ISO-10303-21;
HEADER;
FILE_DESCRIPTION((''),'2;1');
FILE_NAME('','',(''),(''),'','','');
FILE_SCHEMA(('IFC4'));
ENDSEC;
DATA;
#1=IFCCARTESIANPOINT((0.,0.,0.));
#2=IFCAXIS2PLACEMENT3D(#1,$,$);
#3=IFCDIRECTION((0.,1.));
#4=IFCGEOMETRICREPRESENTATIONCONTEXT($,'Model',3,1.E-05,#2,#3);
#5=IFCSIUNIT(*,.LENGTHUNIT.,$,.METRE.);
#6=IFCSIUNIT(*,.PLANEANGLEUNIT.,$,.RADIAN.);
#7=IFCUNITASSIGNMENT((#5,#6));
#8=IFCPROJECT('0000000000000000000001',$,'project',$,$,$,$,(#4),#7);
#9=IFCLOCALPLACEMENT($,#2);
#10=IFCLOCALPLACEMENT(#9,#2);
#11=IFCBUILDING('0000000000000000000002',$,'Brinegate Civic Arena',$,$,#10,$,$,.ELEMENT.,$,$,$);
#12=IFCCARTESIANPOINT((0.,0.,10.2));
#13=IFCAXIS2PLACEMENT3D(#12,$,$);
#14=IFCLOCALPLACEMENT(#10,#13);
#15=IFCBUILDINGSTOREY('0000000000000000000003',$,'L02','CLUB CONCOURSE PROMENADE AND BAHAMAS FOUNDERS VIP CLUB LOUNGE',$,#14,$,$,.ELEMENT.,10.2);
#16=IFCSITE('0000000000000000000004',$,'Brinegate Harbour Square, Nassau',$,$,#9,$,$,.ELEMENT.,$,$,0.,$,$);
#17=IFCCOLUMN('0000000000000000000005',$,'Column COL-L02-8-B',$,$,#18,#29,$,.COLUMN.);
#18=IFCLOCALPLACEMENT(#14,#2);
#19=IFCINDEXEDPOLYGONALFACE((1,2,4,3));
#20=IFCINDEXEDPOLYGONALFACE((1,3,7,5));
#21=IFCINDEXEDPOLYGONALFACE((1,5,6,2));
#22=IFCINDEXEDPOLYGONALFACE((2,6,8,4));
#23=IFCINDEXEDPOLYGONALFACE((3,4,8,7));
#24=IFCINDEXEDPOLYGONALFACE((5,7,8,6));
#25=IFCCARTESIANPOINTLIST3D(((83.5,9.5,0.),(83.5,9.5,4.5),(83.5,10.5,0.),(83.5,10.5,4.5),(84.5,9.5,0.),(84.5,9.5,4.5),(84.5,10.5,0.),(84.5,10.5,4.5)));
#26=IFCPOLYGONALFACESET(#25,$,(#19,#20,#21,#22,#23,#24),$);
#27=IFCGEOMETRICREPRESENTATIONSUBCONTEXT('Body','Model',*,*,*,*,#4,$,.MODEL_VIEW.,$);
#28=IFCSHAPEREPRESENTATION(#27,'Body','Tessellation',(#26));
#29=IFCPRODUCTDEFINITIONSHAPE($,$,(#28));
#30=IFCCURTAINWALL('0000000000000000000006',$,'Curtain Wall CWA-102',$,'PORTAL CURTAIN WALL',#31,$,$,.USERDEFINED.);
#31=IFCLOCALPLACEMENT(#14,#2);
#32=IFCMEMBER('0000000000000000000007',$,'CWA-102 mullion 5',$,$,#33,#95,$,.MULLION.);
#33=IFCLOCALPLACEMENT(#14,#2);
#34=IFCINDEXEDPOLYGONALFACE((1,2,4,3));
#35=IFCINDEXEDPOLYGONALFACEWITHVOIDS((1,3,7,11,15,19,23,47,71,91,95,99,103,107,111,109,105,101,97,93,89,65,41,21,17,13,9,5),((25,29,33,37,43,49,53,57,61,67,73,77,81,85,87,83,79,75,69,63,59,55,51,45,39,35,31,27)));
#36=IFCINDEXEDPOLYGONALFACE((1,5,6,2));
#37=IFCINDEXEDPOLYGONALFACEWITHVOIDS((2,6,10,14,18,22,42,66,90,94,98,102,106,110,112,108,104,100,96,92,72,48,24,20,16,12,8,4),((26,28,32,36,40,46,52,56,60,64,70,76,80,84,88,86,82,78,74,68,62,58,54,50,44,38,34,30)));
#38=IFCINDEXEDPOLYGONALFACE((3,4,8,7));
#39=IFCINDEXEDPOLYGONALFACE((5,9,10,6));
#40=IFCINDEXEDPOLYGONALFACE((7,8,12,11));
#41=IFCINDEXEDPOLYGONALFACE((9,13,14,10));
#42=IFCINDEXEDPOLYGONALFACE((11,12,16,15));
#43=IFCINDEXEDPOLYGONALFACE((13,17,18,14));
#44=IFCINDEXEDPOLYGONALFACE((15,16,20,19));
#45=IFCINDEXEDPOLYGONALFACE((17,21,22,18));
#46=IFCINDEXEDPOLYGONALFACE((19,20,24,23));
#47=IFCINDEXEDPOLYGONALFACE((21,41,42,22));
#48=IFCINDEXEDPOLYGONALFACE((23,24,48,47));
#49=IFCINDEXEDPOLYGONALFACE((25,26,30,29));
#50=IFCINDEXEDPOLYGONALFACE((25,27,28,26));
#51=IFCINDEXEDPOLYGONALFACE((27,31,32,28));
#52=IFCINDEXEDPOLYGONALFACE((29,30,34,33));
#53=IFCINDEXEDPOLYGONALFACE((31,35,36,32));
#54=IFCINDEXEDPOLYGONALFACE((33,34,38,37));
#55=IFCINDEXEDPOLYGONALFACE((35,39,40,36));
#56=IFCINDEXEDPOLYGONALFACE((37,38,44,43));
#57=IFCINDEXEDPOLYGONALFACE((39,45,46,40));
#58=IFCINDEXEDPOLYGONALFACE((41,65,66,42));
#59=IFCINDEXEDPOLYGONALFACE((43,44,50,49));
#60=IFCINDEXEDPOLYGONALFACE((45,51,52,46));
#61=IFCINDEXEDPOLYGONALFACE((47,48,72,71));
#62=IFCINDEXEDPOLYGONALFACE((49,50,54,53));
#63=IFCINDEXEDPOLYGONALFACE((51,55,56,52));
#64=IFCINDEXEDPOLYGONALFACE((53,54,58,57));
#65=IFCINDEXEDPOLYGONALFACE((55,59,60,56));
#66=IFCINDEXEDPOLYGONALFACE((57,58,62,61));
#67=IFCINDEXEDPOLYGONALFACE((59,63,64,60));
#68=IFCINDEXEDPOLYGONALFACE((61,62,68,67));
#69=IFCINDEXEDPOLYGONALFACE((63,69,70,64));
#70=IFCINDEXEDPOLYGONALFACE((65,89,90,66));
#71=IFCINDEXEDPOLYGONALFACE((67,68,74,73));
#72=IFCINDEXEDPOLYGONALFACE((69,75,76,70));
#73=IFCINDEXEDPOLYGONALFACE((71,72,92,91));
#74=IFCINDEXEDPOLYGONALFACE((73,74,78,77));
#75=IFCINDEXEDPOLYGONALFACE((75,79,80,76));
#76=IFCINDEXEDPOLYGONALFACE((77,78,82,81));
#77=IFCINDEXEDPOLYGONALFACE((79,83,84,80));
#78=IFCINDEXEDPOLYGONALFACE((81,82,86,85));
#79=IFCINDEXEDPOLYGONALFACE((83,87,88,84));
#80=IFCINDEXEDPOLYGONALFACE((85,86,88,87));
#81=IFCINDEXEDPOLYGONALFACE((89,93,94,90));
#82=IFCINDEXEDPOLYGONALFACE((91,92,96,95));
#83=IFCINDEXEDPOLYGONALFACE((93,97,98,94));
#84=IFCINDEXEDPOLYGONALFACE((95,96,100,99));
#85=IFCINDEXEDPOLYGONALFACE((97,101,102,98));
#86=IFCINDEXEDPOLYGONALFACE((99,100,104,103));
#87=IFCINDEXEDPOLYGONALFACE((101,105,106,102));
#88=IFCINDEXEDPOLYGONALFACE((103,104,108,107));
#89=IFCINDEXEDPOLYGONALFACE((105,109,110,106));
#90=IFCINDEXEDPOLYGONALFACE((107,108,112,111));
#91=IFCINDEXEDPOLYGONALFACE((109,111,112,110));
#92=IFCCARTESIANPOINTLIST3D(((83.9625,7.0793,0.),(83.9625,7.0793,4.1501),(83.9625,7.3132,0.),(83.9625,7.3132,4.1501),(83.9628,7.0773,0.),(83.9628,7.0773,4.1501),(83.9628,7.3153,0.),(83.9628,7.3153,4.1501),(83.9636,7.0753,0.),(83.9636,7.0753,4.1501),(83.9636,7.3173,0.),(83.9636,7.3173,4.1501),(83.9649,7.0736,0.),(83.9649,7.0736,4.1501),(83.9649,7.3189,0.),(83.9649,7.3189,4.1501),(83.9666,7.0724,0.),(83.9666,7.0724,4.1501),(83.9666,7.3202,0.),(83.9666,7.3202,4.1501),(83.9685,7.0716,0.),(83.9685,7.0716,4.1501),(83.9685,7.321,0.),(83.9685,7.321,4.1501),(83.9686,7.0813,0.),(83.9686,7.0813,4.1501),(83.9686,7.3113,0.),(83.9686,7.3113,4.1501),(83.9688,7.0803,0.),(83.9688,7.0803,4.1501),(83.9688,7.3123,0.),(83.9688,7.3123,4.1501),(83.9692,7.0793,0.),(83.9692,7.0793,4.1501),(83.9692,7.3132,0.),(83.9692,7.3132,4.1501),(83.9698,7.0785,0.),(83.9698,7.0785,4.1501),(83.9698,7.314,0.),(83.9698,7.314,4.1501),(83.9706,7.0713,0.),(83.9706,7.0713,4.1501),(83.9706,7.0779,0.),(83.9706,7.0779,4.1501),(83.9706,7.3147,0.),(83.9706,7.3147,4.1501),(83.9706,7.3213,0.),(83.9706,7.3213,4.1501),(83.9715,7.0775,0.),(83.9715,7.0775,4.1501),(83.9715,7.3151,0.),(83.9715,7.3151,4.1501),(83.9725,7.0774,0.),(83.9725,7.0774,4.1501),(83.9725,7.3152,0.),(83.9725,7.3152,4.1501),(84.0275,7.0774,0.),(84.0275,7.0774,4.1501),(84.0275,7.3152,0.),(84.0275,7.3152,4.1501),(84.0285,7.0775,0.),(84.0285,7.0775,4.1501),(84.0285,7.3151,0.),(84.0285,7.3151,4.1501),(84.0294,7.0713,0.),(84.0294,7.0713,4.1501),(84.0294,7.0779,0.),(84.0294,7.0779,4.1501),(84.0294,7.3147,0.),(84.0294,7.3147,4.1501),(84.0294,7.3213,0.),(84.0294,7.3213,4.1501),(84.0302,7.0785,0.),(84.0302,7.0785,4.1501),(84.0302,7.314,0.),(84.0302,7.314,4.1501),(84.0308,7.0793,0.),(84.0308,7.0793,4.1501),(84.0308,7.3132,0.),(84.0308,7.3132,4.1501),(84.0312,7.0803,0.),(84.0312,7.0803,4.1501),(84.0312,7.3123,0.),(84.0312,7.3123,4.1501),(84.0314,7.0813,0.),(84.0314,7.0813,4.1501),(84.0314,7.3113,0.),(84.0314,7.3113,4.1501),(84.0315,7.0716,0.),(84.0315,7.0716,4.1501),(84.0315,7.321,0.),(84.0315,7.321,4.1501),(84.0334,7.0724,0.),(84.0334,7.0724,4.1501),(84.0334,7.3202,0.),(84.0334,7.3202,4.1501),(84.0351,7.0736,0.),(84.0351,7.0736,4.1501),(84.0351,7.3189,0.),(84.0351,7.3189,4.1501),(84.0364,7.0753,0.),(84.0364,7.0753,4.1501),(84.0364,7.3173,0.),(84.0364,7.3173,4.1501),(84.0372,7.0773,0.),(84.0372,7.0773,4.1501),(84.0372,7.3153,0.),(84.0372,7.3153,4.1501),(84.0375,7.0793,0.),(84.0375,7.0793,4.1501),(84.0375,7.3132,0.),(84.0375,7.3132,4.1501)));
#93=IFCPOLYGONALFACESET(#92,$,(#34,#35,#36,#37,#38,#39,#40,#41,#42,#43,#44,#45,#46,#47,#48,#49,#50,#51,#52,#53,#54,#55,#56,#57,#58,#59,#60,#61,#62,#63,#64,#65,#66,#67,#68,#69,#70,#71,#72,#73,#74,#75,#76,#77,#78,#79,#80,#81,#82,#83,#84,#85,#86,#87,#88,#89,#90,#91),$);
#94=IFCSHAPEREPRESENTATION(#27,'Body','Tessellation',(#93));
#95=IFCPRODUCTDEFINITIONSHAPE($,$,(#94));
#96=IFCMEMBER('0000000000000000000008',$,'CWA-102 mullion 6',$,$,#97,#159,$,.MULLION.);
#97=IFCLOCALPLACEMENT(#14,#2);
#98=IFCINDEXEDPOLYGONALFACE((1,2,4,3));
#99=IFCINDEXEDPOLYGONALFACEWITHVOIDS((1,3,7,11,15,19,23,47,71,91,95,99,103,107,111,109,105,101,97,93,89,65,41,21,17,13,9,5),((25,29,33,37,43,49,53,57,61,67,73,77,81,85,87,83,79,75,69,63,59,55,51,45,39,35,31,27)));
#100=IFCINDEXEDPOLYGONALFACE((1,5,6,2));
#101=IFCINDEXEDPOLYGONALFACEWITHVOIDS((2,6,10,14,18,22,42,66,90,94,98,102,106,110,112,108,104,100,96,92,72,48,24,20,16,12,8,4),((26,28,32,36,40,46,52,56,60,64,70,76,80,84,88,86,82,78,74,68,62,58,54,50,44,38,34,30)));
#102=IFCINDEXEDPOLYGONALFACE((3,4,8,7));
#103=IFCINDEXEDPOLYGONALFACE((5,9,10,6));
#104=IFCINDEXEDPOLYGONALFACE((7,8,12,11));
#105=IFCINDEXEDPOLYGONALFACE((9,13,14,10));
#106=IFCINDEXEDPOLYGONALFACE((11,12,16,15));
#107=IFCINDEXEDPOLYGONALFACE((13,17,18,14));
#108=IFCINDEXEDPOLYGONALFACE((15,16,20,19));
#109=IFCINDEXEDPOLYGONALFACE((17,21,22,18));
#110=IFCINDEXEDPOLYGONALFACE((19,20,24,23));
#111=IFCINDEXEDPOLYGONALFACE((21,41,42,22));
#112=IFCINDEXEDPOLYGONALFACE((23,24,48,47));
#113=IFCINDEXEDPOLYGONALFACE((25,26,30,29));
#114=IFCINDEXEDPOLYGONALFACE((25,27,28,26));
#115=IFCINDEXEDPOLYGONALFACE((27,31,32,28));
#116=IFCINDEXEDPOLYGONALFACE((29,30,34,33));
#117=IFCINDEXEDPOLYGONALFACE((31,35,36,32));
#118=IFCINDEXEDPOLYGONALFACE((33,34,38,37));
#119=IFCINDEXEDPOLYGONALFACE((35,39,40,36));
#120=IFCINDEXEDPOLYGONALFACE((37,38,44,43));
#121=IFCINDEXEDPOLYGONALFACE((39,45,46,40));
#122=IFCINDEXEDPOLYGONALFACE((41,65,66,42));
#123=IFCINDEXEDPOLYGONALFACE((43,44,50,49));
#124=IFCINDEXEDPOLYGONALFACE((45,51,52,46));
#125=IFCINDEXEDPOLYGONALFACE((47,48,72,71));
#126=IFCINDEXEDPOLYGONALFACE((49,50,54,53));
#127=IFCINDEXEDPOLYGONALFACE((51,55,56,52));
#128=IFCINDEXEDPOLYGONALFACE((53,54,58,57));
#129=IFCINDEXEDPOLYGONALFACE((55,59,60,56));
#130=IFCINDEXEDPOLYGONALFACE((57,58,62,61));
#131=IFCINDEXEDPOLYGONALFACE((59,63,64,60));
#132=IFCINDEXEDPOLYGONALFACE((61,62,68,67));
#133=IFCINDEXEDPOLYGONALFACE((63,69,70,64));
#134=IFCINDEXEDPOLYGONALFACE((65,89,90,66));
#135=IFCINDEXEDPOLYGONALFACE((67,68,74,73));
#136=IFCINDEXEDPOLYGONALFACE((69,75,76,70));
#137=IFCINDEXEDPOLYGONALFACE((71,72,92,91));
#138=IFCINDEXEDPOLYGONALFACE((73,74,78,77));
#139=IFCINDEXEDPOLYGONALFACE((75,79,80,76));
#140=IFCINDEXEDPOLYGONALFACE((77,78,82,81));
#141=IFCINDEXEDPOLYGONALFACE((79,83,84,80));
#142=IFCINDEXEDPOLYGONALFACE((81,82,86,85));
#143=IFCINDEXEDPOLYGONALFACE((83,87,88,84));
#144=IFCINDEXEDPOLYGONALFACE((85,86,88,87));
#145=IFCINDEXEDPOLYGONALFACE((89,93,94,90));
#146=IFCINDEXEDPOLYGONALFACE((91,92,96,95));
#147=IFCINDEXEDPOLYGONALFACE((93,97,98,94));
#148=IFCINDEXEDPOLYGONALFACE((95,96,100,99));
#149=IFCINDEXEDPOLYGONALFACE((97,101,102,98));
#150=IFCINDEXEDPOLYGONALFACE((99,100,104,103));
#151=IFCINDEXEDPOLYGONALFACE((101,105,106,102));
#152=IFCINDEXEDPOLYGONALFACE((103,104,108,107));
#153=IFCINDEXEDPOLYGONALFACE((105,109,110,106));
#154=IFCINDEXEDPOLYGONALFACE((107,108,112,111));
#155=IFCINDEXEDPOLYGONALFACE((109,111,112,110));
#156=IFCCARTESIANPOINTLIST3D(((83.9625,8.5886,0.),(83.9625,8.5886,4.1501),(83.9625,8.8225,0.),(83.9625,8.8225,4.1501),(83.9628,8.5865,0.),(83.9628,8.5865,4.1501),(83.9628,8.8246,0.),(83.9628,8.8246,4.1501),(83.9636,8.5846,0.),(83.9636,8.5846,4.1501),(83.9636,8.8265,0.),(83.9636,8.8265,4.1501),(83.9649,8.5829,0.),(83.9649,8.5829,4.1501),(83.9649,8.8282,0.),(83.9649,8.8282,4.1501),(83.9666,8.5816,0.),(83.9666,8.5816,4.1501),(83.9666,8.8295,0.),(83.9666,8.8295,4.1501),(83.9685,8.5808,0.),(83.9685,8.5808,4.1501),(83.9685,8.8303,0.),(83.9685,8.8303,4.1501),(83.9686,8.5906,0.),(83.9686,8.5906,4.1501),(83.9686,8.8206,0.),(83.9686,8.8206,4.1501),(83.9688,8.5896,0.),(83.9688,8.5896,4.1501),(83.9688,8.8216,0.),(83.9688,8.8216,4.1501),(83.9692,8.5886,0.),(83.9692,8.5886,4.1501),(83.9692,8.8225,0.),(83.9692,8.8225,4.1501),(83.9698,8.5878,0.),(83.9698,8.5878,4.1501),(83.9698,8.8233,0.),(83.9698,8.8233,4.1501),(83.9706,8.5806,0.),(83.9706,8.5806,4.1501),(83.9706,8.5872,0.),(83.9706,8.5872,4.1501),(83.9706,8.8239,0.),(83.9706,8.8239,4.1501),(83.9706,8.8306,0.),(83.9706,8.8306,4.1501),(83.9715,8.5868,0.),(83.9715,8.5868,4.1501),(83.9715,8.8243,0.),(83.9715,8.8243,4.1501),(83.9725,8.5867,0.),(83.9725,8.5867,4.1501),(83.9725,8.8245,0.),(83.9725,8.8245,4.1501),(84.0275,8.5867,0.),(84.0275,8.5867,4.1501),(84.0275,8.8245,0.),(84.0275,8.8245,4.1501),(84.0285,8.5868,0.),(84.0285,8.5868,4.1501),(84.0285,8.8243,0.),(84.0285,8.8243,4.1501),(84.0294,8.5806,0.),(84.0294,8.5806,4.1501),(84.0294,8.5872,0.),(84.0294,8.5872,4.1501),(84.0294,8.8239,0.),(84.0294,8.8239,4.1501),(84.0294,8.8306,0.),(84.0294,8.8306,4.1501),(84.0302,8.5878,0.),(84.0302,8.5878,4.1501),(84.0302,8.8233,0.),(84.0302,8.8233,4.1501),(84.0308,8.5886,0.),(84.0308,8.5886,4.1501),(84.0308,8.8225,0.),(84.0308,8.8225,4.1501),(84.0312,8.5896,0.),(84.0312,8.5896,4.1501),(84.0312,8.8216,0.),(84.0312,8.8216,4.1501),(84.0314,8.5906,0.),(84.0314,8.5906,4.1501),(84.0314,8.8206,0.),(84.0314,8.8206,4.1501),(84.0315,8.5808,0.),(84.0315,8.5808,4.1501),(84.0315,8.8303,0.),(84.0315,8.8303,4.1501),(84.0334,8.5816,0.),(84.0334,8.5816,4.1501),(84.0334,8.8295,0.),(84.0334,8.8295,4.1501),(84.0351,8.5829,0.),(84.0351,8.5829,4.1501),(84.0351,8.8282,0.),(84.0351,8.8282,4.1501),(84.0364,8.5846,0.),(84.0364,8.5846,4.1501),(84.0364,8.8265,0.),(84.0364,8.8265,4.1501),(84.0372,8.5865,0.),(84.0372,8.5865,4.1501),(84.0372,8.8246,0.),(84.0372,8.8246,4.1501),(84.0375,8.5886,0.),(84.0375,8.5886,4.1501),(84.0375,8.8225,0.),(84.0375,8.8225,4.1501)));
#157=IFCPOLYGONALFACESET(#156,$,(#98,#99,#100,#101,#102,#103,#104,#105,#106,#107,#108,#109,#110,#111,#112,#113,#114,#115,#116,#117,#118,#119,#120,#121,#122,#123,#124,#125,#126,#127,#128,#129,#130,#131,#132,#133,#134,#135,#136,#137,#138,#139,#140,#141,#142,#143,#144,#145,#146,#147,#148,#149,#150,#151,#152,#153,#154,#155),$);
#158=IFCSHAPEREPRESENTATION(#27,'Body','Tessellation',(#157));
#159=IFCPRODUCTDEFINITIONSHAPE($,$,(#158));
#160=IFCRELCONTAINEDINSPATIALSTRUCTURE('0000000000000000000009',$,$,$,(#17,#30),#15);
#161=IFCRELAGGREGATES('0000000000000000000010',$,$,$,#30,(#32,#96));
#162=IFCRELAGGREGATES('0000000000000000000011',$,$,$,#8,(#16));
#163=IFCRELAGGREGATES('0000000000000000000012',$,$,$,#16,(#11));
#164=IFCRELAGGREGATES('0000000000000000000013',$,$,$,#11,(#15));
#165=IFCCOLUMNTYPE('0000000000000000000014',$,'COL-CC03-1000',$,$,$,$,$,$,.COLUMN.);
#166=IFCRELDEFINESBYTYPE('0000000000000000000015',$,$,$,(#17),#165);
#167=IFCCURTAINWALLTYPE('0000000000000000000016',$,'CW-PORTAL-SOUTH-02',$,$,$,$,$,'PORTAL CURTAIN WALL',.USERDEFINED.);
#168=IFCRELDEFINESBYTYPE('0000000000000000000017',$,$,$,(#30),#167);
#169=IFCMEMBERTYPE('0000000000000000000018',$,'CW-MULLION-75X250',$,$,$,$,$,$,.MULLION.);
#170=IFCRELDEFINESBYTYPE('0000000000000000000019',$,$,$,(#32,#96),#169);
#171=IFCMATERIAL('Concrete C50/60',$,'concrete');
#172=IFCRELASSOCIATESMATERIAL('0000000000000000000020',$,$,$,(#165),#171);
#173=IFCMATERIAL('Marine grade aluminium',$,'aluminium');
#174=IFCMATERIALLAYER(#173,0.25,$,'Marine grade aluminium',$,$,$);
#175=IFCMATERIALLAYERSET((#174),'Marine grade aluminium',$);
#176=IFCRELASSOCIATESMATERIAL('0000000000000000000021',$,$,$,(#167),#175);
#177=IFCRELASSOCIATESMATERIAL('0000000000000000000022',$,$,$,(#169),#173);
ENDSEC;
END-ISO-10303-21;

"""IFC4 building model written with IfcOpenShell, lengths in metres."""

from ifc_helpers import new_model, si_unit, direction, frame, origin, origin_2d, place, context, subcontext, project, spatial, rectangle, hollow_rectangle, extrude, material, layer, layer_set, material_profile, profile_set, type_object, element, aggregate, save


model = new_model("IFC4")

# Units and contexts
model_context = context("Model", 3, precision=1e-05, world=origin(), true_north=direction((0.0, 1.0)))
body_context = subcontext(model_context, "Body", "Model", "MODEL_VIEW")
ifc_project = project(units=[si_unit("LENGTHUNIT", "METRE"), si_unit("PLANEANGLEUNIT", "RADIAN")], contexts=[model_context])

# Site, building, storey
site_placement = place(None, origin())
site = spatial("IfcSite", under=ifc_project, at=site_placement, Name="Brinegate Harbour Square, Nassau", CompositionType="ELEMENT", RefElevation=0.0)
building_placement = place(site_placement, origin())
building = spatial("IfcBuilding", under=site, at=building_placement, Name="Brinegate Civic Arena", CompositionType="ELEMENT")
storey_placement = place(building_placement, frame((0.0, 0.0, 10.2)))
storey = spatial("IfcBuildingStorey", under=building, at=storey_placement, Name="L02", Description="CLUB CONCOURSE PROMENADE AND BAHAMAS FOUNDERS VIP CLUB LOUNGE", CompositionType="ELEMENT", Elevation=10.2)

# Column
ifc_material_1 = material(Name="Concrete C50/60", Category="concrete")
ifc_material_profile_1 = material_profile(ifc_material_1, rectangle(XDim=1.0, YDim=1.0, at=origin_2d()), Name="RC1000X1000")
ifc_profile_set_1 = profile_set([ifc_material_profile_1], Name="Concrete C50/60")
column_type = type_object("IfcColumnType", Name="COL-CC03-1000", PredefinedType="COLUMN", material=ifc_profile_set_1)
column_placement = place(storey_placement, frame((84.0, 10.0, 0.0), z_axis=(0.0, 0.0, 1.0), x_axis=(1.0, 0.0, 0.0)))
element("IfcColumn", 1, at=column_placement, inside=storey, type_object=column_type, Name="Column COL-L02-8-B", PredefinedType="COLUMN", context=body_context, shape_type="SweptSolid", body=[
    extrude(rectangle(XDim=1.0, YDim=1.0, at=origin_2d()), origin(), (0.0, 0.0, 1.0), 4.5),
])

# Curtain wall, members
ifc_material_2 = material(Name="Marine grade aluminium", Category="aluminium")
ifc_layer_1 = layer(ifc_material_2, 0.25, Name="Marine grade aluminium")
ifc_layer_set_1 = layer_set([ifc_layer_1], Name="Marine grade aluminium")
curtain_wall_type = type_object("IfcCurtainWallType", Name="CW-PORTAL-SOUTH-02", ElementType="PORTAL CURTAIN WALL", PredefinedType="USERDEFINED", material=ifc_layer_set_1)
curtain_wall_placement = place(storey_placement, origin())
curtain_wall = element("IfcCurtainWall", 2, at=curtain_wall_placement, inside=storey, type_object=curtain_wall_type, Name="Curtain Wall CWA-102", ObjectType="PORTAL CURTAIN WALL", PredefinedType="USERDEFINED")
ifc_material_profile_2 = material_profile(ifc_material_2, hollow_rectangle(XDim=0.075, YDim=0.25, WallThickness=0.0061, InnerFilletRadius=0.0039, OuterFilletRadius=0.0081, at=origin_2d()), Name="MUL75X250")
ifc_profile_set_2 = profile_set([ifc_material_profile_2], Name="Marine grade aluminium")
member_type_1 = type_object("IfcMemberType", Name="CW-MULLION-75X250", PredefinedType="MULLION", material=ifc_profile_set_2)
member_1_placement = place(storey_placement, frame((84.0, 7.1963, 0.0), z_axis=(0.0, 0.0, 1.0), x_axis=(-1.0, 0.0, 0.0)))
member_1 = element("IfcMember", 3, at=member_1_placement, type_object=member_type_1, Name="CWA-102 mullion 5", PredefinedType="MULLION", context=body_context, shape_type="SweptSolid", body=[
    extrude(hollow_rectangle(XDim=0.075, YDim=0.25, WallThickness=0.0061, InnerFilletRadius=0.0039, OuterFilletRadius=0.0081, at=origin_2d()), origin(), (0.0, 0.0, 1.0), 4.1501),
])
member_2_placement = place(storey_placement, frame((84.0, 8.7056, 0.0), z_axis=(0.0, 0.0, 1.0), x_axis=(-1.0, 0.0, 0.0)))
member_2 = element("IfcMember", 4, at=member_2_placement, type_object=member_type_1, Name="CWA-102 mullion 6", PredefinedType="MULLION", context=body_context, shape_type="SweptSolid", body=[
    extrude(hollow_rectangle(XDim=0.075, YDim=0.25, WallThickness=0.0061, InnerFilletRadius=0.0039, OuterFilletRadius=0.0081, at=origin_2d()), origin(), (0.0, 0.0, 1.0), 4.1501),
])

aggregate(curtain_wall, [member_1, member_2])

save(model, "model.ifc")
